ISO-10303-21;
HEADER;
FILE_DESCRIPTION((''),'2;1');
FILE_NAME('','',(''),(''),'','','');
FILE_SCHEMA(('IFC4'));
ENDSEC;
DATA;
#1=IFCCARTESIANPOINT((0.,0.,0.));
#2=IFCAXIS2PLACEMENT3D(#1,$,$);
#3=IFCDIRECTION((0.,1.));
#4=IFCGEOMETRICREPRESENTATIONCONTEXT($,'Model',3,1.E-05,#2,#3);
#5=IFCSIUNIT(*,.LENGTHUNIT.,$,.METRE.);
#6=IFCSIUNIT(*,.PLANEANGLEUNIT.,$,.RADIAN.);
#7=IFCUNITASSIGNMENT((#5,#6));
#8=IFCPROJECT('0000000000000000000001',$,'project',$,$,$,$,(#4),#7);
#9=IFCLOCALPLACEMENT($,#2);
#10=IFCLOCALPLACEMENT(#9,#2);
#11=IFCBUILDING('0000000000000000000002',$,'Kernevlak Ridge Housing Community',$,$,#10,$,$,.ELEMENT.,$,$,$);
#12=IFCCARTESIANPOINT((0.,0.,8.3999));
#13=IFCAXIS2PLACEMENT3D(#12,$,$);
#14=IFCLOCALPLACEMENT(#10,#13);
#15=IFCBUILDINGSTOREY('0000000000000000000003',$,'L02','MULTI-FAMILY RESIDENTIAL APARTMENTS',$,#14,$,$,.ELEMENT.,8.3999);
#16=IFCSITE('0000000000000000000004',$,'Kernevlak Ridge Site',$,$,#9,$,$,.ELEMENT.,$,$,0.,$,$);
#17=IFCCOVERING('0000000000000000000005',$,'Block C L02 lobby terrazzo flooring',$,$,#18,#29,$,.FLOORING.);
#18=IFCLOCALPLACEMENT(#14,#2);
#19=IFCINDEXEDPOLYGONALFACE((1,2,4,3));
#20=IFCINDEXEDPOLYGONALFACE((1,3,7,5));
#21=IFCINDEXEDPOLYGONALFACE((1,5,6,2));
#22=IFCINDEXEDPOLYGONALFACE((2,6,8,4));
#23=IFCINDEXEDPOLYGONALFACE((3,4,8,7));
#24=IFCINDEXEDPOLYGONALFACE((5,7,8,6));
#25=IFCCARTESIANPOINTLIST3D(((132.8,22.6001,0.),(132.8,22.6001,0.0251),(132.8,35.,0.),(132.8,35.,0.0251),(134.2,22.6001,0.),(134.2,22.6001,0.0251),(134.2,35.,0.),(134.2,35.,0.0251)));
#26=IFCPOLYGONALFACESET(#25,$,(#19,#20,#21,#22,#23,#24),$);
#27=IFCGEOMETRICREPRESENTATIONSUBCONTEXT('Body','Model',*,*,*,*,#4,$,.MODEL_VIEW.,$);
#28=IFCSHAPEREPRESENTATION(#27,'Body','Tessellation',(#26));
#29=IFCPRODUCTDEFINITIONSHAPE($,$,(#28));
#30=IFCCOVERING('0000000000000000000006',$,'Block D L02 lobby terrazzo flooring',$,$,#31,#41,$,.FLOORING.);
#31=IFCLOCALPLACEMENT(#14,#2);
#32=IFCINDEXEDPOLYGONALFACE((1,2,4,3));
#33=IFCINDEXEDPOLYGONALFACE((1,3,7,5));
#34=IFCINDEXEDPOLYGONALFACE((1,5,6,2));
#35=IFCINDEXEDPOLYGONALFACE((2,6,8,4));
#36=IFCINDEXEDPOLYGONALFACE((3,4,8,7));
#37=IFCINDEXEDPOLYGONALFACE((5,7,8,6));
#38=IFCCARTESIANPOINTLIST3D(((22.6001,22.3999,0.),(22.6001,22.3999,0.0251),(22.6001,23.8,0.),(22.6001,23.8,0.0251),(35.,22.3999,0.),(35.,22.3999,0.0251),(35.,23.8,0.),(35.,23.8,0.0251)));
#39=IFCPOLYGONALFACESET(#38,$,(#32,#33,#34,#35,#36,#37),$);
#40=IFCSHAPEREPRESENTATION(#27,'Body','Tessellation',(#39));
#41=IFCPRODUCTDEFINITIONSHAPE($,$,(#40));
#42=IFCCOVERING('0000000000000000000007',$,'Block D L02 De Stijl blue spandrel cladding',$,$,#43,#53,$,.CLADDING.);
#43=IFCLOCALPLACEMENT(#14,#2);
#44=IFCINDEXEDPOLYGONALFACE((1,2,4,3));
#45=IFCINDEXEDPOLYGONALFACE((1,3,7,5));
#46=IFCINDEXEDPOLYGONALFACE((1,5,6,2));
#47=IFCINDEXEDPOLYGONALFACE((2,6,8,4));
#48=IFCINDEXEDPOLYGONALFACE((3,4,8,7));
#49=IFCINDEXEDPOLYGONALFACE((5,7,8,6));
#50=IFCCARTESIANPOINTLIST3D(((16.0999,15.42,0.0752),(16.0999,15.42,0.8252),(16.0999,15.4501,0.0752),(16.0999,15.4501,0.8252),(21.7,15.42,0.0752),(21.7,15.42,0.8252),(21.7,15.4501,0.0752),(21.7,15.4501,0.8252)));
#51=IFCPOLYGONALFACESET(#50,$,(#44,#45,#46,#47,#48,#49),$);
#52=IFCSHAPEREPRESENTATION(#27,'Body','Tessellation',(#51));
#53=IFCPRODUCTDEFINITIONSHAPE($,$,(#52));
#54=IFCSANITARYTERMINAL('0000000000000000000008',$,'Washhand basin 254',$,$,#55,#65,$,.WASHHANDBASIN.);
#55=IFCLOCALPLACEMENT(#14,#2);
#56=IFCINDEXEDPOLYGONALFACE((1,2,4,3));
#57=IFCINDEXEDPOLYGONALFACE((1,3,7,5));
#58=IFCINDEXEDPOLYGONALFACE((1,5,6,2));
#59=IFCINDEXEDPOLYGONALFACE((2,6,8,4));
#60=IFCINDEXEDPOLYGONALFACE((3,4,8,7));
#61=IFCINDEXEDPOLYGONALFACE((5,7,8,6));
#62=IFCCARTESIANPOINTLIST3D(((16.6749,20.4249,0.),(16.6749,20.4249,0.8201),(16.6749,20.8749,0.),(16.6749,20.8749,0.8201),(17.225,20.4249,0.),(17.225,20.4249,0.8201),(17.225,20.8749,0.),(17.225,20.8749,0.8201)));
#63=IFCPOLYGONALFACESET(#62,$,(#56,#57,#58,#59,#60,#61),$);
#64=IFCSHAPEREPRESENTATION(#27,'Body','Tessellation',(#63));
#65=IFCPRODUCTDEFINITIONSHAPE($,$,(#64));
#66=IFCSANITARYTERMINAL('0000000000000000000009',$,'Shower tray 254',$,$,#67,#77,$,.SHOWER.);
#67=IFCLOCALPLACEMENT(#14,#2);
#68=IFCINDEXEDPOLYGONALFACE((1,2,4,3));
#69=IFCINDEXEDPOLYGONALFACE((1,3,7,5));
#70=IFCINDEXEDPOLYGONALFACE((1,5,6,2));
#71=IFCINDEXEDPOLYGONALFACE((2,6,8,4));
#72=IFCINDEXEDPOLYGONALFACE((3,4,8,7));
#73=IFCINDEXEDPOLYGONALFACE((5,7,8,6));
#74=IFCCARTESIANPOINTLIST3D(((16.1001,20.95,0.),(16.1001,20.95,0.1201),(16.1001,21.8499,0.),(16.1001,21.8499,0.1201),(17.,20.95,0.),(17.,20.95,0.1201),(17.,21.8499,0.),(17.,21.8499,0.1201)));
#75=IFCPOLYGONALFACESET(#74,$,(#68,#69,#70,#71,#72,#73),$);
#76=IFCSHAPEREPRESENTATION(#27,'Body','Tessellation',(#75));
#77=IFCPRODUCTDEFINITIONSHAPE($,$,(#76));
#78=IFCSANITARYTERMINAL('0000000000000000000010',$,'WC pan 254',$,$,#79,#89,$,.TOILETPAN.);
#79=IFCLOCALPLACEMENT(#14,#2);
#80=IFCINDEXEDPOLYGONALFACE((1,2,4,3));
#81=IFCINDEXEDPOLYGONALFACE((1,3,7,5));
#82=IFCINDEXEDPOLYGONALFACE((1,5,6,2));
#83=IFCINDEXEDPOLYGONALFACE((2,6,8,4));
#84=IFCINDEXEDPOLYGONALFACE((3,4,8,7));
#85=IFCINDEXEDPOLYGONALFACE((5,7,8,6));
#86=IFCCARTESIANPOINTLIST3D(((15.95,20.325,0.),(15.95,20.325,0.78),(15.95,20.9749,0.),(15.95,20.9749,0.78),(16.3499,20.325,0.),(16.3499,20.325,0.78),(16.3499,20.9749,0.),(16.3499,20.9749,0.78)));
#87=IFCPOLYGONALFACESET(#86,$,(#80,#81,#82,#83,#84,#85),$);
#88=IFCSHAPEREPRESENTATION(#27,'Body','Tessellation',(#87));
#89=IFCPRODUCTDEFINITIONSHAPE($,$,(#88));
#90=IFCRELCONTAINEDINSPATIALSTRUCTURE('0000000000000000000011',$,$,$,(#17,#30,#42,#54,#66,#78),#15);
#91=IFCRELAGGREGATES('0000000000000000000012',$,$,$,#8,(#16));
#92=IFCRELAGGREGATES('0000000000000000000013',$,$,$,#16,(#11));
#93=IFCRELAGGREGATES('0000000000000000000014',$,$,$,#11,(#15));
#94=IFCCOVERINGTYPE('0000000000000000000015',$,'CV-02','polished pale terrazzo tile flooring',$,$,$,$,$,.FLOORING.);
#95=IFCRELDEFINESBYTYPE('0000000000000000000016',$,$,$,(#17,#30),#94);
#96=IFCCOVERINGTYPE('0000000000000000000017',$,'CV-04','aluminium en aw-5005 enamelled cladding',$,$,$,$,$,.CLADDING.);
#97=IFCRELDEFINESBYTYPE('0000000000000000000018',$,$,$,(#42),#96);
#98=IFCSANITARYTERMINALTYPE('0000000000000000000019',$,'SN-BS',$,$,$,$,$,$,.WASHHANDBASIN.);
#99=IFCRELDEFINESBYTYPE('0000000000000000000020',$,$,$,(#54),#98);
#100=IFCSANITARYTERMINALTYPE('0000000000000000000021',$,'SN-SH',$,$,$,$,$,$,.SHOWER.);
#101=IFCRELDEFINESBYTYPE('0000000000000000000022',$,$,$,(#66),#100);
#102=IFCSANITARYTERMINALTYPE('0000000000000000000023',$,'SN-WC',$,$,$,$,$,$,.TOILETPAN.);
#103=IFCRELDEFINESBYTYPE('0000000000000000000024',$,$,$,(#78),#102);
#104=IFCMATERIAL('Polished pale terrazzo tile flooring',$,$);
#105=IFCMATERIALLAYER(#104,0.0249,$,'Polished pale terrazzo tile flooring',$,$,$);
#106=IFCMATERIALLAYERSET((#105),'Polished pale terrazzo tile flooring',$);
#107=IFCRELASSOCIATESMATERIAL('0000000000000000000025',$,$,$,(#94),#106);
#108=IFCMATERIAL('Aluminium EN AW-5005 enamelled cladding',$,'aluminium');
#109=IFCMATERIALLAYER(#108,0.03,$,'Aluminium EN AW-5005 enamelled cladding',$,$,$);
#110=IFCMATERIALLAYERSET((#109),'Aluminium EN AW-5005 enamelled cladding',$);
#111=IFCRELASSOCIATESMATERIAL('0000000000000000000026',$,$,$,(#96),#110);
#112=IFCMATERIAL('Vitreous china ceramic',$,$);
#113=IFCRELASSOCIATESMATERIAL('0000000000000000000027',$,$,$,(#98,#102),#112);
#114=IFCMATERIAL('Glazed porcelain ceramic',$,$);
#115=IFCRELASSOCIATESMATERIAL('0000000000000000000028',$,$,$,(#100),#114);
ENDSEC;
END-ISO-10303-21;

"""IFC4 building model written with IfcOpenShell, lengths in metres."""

from ifc_helpers import new_model, si_unit, direction, frame, origin, origin_2d, place, context, subcontext, project, spatial, polyline, rectangle, outline, extrude, material, layer, layer_set, type_object, element, save


model = new_model("IFC4")

# Units and contexts
model_context = context("Model", 3, precision=1e-05, world=origin(), true_north=direction((0.0, 1.0)))
body_context = subcontext(model_context, "Body", "Model", "MODEL_VIEW")
ifc_project = project(units=[si_unit("LENGTHUNIT", "METRE"), si_unit("PLANEANGLEUNIT", "RADIAN")], contexts=[model_context])

# Site, building, storey
site_placement = place(None, origin())
site = spatial("IfcSite", under=ifc_project, at=site_placement, Name="Kernevlak Ridge Site", CompositionType="ELEMENT", RefElevation=0.0)
building_placement = place(site_placement, origin())
building = spatial("IfcBuilding", under=site, at=building_placement, Name="Kernevlak Ridge Housing Community", CompositionType="ELEMENT")
storey_placement = place(building_placement, frame((0.0, 0.0, 8.3999)))
storey = spatial("IfcBuildingStorey", under=building, at=storey_placement, Name="L02", Description="MULTI-FAMILY RESIDENTIAL APARTMENTS", CompositionType="ELEMENT", Elevation=8.3999)

# Coverings
ifc_material_1 = material(Name="Polished pale terrazzo tile flooring")
ifc_layer_1 = layer(ifc_material_1, 0.0249, Name="Polished pale terrazzo tile flooring")
ifc_layer_set_1 = layer_set([ifc_layer_1], Name="Polished pale terrazzo tile flooring")
covering_type_1 = type_object("IfcCoveringType", Name="CV-02", Description="polished pale terrazzo tile flooring", PredefinedType="FLOORING", material=ifc_layer_set_1)
covering_1_placement = place(storey_placement, origin())
element("IfcCovering", 1, at=covering_1_placement, inside=storey, type_object=covering_type_1, Name="Block C L02 lobby terrazzo flooring", PredefinedType="FLOORING", context=body_context, shape_type="SweptSolid", body=[
    extrude(outline(polyline([(134.2, 22.6001), (134.2, 35.0), (132.8, 35.0), (132.8, 22.6001), (134.2, 22.6001)])), origin(), (0.0, 0.0, 1.0), 0.0251),
])
covering_2_placement = place(storey_placement, origin())
element("IfcCovering", 2, at=covering_2_placement, inside=storey, type_object=covering_type_1, Name="Block D L02 lobby terrazzo flooring", PredefinedType="FLOORING", context=body_context, shape_type="SweptSolid", body=[
    extrude(outline(polyline([(22.6001, 22.3999), (35.0, 22.3999), (35.0, 23.8), (22.6001, 23.8), (22.6001, 22.3999)])), origin(), (0.0, 0.0, 1.0), 0.0251),
])
ifc_material_2 = material(Name="Aluminium EN AW-5005 enamelled cladding", Category="aluminium")
ifc_layer_2 = layer(ifc_material_2, 0.03, Name="Aluminium EN AW-5005 enamelled cladding")
ifc_layer_set_2 = layer_set([ifc_layer_2], Name="Aluminium EN AW-5005 enamelled cladding")
covering_type_2 = type_object("IfcCoveringType", Name="CV-04", Description="aluminium en aw-5005 enamelled cladding", PredefinedType="CLADDING", material=ifc_layer_set_2)
covering_3_placement = place(storey_placement, frame((18.8999, 15.4351, 0.0752), z_axis=(0.0, 0.0, 1.0), x_axis=(1.0, 0.0, 0.0)))
element("IfcCovering", 3, at=covering_3_placement, inside=storey, type_object=covering_type_2, Name="Block D L02 De Stijl blue spandrel cladding", PredefinedType="CLADDING", context=body_context, shape_type="SweptSolid", body=[
    extrude(rectangle(XDim=5.6001, YDim=0.03, at=origin_2d()), origin(), (0.0, 0.0, 1.0), 0.75),
])

# Sanitary terminals
ifc_material_3 = material(Name="Vitreous china ceramic")
sanitary_terminal_type_1 = type_object("IfcSanitaryTerminalType", Name="SN-BS", PredefinedType="WASHHANDBASIN", material=ifc_material_3)
sanitary_terminal_1_placement = place(storey_placement, frame((16.95, 20.6499, 0.0), z_axis=(0.0, 0.0, 1.0), x_axis=(1.0, 0.0, 0.0)))
element("IfcSanitaryTerminal", 4, at=sanitary_terminal_1_placement, inside=storey, type_object=sanitary_terminal_type_1, Name="Washhand basin 254", PredefinedType="WASHHANDBASIN", context=body_context, shape_type="SweptSolid", body=[
    extrude(rectangle(XDim=0.55, YDim=0.45, at=origin_2d()), origin(), (0.0, 0.0, 1.0), 0.8201),
])
ifc_material_4 = material(Name="Glazed porcelain ceramic")
sanitary_terminal_type_2 = type_object("IfcSanitaryTerminalType", Name="SN-SH", PredefinedType="SHOWER", material=ifc_material_4)
sanitary_terminal_2_placement = place(storey_placement, frame((16.55, 21.3999, 0.0), z_axis=(0.0, 0.0, 1.0), x_axis=(1.0, 0.0, 0.0)))
element("IfcSanitaryTerminal", 5, at=sanitary_terminal_2_placement, inside=storey, type_object=sanitary_terminal_type_2, Name="Shower tray 254", PredefinedType="SHOWER", context=body_context, shape_type="SweptSolid", body=[
    extrude(rectangle(XDim=0.8999, YDim=0.8999, at=origin_2d()), origin(), (0.0, 0.0, 1.0), 0.1201),
])
sanitary_terminal_type_3 = type_object("IfcSanitaryTerminalType", Name="SN-WC", PredefinedType="TOILETPAN", material=ifc_material_3)
sanitary_terminal_3_placement = place(storey_placement, frame((16.1499, 20.6499, 0.0), z_axis=(0.0, 0.0, 1.0), x_axis=(1.0, 0.0, 0.0)))
element("IfcSanitaryTerminal", 6, at=sanitary_terminal_3_placement, inside=storey, type_object=sanitary_terminal_type_3, Name="WC pan 254", PredefinedType="TOILETPAN", context=body_context, shape_type="SweptSolid", body=[
    extrude(rectangle(XDim=0.3999, YDim=0.6499, at=origin_2d()), origin(), (0.0, 0.0, 1.0), 0.78),
])

save(model, "model.ifc")
